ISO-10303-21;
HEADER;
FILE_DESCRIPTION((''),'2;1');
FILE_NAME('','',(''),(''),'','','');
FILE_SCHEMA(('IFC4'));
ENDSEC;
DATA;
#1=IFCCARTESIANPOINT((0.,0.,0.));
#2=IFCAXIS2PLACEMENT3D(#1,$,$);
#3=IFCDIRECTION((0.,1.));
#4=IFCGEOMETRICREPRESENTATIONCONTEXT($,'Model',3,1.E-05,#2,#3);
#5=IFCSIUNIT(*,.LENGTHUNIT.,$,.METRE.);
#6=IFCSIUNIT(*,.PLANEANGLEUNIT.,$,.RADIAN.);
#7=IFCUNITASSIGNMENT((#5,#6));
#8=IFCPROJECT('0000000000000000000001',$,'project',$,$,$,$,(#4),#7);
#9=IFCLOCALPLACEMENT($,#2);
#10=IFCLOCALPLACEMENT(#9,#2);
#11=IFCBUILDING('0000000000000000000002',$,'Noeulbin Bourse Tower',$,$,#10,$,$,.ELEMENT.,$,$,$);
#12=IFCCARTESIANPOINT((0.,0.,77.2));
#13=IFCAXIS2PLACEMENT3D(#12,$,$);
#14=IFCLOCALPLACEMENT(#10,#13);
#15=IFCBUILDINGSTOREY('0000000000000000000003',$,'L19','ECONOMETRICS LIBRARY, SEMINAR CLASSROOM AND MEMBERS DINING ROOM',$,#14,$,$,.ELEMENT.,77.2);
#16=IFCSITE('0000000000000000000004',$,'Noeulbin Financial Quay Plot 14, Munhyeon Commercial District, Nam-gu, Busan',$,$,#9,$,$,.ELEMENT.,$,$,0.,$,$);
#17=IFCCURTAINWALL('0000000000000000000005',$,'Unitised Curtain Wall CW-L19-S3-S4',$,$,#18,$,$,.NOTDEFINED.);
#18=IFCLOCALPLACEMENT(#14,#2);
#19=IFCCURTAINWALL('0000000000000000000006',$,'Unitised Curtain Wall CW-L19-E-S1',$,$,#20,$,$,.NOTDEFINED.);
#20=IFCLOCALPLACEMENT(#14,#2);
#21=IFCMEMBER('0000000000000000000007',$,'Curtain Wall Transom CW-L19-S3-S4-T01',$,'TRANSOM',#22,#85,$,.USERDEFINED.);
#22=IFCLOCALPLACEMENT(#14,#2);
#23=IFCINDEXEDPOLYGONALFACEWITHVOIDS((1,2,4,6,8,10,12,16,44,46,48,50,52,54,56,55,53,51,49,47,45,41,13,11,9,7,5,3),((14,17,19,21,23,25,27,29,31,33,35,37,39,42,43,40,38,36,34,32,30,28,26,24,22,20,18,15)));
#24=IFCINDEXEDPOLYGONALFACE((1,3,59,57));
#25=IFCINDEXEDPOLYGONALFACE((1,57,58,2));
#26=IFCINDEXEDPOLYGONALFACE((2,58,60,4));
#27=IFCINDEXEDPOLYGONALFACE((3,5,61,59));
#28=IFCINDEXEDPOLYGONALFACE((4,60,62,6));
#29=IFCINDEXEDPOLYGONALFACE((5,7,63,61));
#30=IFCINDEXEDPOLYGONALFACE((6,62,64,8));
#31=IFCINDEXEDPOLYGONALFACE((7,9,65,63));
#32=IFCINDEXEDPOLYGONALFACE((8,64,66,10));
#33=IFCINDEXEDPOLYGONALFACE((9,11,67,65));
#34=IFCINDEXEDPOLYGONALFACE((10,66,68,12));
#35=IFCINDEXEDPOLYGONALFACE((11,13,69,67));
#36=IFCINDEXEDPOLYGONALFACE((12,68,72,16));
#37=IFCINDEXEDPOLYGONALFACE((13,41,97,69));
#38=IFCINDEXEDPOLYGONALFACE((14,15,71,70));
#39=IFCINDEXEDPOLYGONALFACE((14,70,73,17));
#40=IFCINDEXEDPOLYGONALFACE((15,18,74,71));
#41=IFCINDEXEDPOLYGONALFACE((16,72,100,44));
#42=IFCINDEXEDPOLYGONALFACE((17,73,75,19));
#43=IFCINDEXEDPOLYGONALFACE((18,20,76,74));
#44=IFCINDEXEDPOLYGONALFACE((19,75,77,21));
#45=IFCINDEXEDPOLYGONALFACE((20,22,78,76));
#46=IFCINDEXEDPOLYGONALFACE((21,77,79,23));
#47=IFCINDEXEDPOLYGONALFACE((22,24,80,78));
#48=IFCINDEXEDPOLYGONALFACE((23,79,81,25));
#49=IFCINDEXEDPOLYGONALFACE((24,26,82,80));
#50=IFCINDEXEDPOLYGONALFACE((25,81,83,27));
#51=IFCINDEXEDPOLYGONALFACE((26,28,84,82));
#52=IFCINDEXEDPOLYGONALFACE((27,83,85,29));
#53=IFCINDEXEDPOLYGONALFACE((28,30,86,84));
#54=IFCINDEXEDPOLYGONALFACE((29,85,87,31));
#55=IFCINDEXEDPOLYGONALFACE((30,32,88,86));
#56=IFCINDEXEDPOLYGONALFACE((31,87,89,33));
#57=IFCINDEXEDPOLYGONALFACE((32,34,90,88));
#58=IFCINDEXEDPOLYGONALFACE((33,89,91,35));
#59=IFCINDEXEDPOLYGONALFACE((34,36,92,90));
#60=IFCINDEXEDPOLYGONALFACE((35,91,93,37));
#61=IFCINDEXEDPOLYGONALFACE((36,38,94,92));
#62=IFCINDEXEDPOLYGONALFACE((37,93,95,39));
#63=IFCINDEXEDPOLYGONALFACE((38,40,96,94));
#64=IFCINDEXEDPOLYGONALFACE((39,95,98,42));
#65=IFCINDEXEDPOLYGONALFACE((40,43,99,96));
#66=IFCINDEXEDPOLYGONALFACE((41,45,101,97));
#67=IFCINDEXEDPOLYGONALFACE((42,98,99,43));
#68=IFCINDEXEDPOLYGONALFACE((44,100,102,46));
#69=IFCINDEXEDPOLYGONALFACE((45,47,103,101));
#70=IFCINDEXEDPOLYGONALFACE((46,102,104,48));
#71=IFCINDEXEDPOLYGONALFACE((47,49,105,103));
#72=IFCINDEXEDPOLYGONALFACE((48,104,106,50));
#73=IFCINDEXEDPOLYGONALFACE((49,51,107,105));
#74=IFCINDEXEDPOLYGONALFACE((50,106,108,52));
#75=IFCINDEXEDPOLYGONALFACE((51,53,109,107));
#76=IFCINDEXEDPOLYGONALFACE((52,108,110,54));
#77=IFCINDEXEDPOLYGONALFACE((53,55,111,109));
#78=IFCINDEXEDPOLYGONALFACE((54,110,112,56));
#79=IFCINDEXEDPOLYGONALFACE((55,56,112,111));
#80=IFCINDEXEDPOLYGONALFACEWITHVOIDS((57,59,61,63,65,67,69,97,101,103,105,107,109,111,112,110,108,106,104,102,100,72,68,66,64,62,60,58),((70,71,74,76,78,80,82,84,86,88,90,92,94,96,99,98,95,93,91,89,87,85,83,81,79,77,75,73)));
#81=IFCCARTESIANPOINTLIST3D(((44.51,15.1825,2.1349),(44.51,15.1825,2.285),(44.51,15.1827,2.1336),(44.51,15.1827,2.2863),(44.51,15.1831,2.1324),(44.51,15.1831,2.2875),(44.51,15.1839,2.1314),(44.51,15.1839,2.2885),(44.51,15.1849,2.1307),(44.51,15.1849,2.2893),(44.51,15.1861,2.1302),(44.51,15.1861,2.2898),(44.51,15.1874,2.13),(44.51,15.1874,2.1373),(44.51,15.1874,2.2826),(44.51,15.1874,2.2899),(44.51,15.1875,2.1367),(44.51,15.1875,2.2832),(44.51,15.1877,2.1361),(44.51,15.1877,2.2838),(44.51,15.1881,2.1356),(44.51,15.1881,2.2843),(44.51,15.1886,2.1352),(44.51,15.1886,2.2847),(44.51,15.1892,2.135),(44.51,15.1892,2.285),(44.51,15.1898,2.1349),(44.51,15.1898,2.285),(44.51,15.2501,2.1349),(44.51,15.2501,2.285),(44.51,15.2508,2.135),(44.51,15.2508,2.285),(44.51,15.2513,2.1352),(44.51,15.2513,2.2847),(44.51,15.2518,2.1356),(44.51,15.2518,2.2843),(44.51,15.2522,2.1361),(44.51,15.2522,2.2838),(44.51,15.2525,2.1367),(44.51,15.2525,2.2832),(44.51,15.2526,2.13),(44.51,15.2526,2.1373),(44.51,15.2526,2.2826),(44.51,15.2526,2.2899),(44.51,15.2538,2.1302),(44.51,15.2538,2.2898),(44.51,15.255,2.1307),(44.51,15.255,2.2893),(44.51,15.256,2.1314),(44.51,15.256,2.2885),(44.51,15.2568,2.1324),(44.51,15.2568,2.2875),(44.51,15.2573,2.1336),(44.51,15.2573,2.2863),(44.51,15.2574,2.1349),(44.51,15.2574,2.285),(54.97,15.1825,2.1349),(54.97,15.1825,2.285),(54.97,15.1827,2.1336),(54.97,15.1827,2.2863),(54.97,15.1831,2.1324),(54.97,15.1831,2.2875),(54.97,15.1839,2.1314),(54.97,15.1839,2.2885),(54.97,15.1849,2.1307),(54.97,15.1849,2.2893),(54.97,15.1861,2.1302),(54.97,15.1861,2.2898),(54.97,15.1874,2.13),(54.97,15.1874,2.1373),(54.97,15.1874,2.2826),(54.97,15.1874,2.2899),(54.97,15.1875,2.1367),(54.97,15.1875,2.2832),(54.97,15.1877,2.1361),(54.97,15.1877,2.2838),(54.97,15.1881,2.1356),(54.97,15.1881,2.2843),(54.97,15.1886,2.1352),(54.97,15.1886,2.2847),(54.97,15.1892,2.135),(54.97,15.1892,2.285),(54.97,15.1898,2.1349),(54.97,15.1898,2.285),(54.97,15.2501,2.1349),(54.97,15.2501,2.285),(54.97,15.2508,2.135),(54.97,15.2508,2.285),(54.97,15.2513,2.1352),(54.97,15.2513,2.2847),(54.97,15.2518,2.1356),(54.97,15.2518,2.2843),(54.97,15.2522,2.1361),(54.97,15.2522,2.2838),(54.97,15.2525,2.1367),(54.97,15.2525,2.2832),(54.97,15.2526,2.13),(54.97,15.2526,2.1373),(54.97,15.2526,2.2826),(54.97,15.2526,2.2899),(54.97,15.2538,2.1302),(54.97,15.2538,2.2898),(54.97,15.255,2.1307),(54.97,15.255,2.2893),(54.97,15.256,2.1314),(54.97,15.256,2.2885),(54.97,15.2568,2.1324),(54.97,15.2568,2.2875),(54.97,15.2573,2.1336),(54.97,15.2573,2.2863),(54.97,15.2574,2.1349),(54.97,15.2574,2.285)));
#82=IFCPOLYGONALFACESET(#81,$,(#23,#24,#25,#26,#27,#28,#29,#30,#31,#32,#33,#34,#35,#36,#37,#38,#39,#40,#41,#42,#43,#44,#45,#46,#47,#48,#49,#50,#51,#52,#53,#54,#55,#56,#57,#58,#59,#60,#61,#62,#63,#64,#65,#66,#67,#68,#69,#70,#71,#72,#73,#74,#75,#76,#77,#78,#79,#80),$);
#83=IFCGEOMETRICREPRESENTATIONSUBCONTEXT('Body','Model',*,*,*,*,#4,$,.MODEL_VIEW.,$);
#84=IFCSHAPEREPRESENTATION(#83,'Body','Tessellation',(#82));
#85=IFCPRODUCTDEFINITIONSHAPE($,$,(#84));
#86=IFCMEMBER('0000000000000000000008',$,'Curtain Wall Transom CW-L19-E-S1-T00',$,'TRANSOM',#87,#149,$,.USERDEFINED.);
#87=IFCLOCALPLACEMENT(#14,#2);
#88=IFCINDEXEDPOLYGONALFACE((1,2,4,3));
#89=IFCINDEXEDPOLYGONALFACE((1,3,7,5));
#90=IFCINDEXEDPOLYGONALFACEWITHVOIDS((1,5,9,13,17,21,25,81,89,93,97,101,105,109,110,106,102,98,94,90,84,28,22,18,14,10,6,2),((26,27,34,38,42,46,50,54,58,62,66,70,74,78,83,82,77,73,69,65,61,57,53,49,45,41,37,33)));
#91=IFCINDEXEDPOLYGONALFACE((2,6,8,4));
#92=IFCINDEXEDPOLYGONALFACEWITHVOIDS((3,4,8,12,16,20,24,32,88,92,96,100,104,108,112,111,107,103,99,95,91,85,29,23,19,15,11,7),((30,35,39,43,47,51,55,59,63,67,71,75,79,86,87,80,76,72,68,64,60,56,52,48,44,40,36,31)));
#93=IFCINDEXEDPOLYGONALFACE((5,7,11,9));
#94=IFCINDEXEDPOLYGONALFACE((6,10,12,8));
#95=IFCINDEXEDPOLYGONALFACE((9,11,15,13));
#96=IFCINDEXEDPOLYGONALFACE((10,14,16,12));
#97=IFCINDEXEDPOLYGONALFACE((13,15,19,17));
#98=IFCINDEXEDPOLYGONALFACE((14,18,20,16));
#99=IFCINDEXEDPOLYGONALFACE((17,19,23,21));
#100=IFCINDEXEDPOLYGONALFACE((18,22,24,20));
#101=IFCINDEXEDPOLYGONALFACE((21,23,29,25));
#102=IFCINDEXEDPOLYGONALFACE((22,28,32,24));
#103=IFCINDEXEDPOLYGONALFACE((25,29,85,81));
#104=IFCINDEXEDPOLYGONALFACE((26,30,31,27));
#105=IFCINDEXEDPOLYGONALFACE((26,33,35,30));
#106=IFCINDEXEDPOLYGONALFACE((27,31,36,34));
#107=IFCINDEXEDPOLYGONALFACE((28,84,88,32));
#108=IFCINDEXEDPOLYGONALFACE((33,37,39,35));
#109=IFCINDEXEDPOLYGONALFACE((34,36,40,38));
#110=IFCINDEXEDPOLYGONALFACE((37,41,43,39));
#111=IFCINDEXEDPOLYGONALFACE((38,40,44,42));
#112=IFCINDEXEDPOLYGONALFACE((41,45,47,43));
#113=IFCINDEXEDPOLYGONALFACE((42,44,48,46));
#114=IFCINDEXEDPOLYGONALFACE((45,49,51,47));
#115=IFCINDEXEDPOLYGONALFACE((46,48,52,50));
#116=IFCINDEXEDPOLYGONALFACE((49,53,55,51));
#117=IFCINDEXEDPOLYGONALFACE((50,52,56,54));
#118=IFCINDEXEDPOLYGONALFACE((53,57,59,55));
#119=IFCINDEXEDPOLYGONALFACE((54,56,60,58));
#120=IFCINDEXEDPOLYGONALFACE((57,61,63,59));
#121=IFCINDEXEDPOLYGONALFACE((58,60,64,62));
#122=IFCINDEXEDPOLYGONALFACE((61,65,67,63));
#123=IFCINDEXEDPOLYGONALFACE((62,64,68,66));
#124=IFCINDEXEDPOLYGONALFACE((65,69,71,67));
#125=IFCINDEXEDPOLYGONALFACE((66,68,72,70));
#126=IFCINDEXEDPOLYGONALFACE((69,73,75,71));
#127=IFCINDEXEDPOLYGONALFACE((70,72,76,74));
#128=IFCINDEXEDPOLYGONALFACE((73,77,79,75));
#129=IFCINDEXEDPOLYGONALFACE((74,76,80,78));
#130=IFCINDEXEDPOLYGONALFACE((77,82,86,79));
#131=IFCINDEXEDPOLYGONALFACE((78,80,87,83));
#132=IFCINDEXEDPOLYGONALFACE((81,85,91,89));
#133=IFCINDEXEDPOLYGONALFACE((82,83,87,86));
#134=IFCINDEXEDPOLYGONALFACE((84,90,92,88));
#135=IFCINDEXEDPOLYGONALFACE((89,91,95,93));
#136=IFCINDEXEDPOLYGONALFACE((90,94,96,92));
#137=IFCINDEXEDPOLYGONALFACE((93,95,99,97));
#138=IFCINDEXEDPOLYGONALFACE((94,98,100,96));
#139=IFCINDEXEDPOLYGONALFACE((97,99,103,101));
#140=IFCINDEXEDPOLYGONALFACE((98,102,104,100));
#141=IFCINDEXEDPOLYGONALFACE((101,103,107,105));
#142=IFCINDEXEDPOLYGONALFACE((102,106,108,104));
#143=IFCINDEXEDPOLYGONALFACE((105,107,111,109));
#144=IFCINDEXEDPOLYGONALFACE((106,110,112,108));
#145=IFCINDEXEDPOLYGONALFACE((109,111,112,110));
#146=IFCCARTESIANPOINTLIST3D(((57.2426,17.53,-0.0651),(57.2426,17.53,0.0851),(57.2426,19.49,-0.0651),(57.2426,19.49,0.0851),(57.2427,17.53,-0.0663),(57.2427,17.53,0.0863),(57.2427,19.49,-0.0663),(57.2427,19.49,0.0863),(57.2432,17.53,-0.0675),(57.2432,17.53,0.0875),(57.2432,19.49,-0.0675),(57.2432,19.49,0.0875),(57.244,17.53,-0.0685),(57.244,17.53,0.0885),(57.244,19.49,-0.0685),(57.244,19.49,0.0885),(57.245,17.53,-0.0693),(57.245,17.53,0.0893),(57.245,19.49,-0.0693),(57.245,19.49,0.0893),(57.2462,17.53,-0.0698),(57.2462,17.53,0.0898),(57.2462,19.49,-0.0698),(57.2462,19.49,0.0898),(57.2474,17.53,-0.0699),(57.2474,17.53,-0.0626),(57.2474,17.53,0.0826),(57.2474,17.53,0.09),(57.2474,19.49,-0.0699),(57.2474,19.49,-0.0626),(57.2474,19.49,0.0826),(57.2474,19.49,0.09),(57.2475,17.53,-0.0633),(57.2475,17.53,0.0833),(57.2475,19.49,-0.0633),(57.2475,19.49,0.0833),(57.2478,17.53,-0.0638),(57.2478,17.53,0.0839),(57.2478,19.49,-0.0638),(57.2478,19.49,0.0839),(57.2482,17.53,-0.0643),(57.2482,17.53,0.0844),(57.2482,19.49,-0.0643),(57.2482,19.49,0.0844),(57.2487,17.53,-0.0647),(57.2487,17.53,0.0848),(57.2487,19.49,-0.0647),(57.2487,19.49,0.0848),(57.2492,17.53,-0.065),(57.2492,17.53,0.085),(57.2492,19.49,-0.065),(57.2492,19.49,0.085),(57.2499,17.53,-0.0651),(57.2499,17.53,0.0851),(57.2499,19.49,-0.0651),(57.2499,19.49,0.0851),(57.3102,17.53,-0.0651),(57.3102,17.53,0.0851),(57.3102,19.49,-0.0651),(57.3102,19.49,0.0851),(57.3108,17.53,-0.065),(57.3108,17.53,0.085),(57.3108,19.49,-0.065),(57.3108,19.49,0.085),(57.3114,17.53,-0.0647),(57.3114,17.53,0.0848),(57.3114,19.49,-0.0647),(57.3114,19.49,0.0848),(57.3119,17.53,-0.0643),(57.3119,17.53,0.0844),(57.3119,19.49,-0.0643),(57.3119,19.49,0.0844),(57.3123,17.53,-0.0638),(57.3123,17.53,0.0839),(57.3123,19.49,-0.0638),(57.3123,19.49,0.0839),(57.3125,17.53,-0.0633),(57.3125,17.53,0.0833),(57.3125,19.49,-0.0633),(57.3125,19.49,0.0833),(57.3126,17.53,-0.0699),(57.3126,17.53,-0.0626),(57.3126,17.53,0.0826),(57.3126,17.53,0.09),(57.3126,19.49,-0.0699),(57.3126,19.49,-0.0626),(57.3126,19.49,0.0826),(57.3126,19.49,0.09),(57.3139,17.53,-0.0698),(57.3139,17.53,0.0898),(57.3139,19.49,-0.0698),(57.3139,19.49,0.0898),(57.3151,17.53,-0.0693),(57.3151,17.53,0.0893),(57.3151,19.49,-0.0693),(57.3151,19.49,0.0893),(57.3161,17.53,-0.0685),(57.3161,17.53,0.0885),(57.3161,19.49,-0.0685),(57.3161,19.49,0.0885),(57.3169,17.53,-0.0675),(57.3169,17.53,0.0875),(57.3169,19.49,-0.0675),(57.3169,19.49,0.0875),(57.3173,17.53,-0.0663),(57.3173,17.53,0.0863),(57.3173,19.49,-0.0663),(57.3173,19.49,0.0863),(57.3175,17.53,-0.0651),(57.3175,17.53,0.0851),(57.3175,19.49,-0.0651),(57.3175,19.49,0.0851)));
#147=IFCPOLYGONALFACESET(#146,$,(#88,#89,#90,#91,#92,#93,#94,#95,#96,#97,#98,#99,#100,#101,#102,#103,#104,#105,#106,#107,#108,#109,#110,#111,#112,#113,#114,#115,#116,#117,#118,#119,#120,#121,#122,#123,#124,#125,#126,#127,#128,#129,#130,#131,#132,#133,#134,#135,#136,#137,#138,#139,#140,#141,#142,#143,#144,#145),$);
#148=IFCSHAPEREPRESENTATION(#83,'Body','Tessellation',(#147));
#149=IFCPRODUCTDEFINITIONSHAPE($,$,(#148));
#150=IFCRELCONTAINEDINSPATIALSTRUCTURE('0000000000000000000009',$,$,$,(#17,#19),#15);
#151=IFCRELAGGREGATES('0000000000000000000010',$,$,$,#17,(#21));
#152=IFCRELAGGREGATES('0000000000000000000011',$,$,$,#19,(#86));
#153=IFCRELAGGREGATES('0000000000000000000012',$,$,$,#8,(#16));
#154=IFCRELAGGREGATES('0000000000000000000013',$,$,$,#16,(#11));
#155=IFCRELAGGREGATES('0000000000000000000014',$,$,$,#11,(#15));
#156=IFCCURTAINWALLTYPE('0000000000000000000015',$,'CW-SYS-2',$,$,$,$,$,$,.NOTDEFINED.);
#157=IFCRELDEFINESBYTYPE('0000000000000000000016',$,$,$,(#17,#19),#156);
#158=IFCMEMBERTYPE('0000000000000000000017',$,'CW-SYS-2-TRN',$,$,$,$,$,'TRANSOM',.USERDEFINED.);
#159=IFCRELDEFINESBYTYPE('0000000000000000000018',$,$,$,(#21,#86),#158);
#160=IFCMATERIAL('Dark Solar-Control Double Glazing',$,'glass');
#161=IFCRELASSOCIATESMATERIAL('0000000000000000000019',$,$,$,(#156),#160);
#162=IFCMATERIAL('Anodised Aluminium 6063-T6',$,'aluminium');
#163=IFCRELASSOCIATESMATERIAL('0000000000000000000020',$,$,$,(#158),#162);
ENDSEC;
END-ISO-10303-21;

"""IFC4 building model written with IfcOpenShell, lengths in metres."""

from ifc_helpers import new_model, si_unit, direction, frame, origin, origin_2d, place, context, subcontext, project, spatial, hollow_rectangle, extrude, material, material_profile, profile_set, type_object, element, aggregate, save


model = new_model("IFC4")

# Units and contexts
model_context = context("Model", 3, precision=1e-05, world=origin(), true_north=direction((0.0, 1.0)))
body_context = subcontext(model_context, "Body", "Model", "MODEL_VIEW")
ifc_project = project(units=[si_unit("LENGTHUNIT", "METRE"), si_unit("PLANEANGLEUNIT", "RADIAN")], contexts=[model_context])

# Site, building, storey
site_placement = place(None, origin())
site = spatial("IfcSite", under=ifc_project, at=site_placement, Name="Noeulbin Financial Quay Plot 14, Munhyeon Commercial District, Nam-gu, Busan", CompositionType="ELEMENT", RefElevation=0.0)
building_placement = place(site_placement, origin())
building = spatial("IfcBuilding", under=site, at=building_placement, Name="Noeulbin Bourse Tower", CompositionType="ELEMENT")
storey_placement = place(building_placement, frame((0.0, 0.0, 77.2)))
storey = spatial("IfcBuildingStorey", under=building, at=storey_placement, Name="L19", Description="ECONOMETRICS LIBRARY, SEMINAR CLASSROOM AND MEMBERS DINING ROOM", CompositionType="ELEMENT", Elevation=77.2)

# Curtain walls
ifc_material_1 = material(Name="Dark Solar-Control Double Glazing", Category="glass")
curtain_wall_type = type_object("IfcCurtainWallType", Name="CW-SYS-2", PredefinedType="NOTDEFINED", material=ifc_material_1)
curtain_wall_1_placement = place(storey_placement, origin())
curtain_wall_1 = element("IfcCurtainWall", 1, at=curtain_wall_1_placement, inside=storey, type_object=curtain_wall_type, Name="Unitised Curtain Wall CW-L19-S3-S4", PredefinedType="NOTDEFINED")
ifc_material_2 = material(Name="Anodised Aluminium 6063-T6", Category="aluminium")
curtain_wall_2_placement = place(storey_placement, origin())
curtain_wall_2 = element("IfcCurtainWall", 2, at=curtain_wall_2_placement, inside=storey, type_object=curtain_wall_type, Name="Unitised Curtain Wall CW-L19-E-S1", PredefinedType="NOTDEFINED")

# Members
ifc_material_profile_1 = material_profile(ifc_material_2, hollow_rectangle(XDim=0.075, YDim=0.1599, WallThickness=0.0049, InnerFilletRadius=0.0024, OuterFilletRadius=0.0049, at=origin_2d()), Name="ALU-TRAN-75x160x5", Category="LoadBearing")
ifc_profile_set_1 = profile_set([ifc_material_profile_1], Name="Anodised Aluminium 6063-T6")
member_type_1 = type_object("IfcMemberType", Name="CW-SYS-2-TRN", ElementType="TRANSOM", PredefinedType="USERDEFINED", material=ifc_profile_set_1)
member_1_placement = place(storey_placement, frame((44.51, 15.22, 2.21), z_axis=(1.0, 0.0, 0.0), x_axis=(0.0, 1.0, 0.0)))
member_1 = element("IfcMember", 3, at=member_1_placement, type_object=member_type_1, Name="Curtain Wall Transom CW-L19-S3-S4-T01", ObjectType="TRANSOM", PredefinedType="USERDEFINED", context=body_context, shape_type="SweptSolid", body=[
    extrude(hollow_rectangle(XDim=0.075, YDim=0.1599, WallThickness=0.0049, InnerFilletRadius=0.0024, OuterFilletRadius=0.0049, at=origin_2d()), origin(), (0.0, 0.0, 1.0), 10.46),
])
member_2_placement = place(storey_placement, frame((57.28, 17.53, 0.01), z_axis=(0.0, 1.0, 0.0), x_axis=(-1.0, 0.0, 0.0)))
member_2 = element("IfcMember", 4, at=member_2_placement, type_object=member_type_1, Name="Curtain Wall Transom CW-L19-E-S1-T00", ObjectType="TRANSOM", PredefinedType="USERDEFINED", context=body_context, shape_type="SweptSolid", body=[
    extrude(hollow_rectangle(XDim=0.075, YDim=0.1599, WallThickness=0.0049, InnerFilletRadius=0.0024, OuterFilletRadius=0.0049, at=origin_2d()), origin(), (0.0, 0.0, 1.0), 1.96),
])

aggregate(curtain_wall_1, [member_1])
aggregate(curtain_wall_2, [member_2])

save(model, "model.ifc")
